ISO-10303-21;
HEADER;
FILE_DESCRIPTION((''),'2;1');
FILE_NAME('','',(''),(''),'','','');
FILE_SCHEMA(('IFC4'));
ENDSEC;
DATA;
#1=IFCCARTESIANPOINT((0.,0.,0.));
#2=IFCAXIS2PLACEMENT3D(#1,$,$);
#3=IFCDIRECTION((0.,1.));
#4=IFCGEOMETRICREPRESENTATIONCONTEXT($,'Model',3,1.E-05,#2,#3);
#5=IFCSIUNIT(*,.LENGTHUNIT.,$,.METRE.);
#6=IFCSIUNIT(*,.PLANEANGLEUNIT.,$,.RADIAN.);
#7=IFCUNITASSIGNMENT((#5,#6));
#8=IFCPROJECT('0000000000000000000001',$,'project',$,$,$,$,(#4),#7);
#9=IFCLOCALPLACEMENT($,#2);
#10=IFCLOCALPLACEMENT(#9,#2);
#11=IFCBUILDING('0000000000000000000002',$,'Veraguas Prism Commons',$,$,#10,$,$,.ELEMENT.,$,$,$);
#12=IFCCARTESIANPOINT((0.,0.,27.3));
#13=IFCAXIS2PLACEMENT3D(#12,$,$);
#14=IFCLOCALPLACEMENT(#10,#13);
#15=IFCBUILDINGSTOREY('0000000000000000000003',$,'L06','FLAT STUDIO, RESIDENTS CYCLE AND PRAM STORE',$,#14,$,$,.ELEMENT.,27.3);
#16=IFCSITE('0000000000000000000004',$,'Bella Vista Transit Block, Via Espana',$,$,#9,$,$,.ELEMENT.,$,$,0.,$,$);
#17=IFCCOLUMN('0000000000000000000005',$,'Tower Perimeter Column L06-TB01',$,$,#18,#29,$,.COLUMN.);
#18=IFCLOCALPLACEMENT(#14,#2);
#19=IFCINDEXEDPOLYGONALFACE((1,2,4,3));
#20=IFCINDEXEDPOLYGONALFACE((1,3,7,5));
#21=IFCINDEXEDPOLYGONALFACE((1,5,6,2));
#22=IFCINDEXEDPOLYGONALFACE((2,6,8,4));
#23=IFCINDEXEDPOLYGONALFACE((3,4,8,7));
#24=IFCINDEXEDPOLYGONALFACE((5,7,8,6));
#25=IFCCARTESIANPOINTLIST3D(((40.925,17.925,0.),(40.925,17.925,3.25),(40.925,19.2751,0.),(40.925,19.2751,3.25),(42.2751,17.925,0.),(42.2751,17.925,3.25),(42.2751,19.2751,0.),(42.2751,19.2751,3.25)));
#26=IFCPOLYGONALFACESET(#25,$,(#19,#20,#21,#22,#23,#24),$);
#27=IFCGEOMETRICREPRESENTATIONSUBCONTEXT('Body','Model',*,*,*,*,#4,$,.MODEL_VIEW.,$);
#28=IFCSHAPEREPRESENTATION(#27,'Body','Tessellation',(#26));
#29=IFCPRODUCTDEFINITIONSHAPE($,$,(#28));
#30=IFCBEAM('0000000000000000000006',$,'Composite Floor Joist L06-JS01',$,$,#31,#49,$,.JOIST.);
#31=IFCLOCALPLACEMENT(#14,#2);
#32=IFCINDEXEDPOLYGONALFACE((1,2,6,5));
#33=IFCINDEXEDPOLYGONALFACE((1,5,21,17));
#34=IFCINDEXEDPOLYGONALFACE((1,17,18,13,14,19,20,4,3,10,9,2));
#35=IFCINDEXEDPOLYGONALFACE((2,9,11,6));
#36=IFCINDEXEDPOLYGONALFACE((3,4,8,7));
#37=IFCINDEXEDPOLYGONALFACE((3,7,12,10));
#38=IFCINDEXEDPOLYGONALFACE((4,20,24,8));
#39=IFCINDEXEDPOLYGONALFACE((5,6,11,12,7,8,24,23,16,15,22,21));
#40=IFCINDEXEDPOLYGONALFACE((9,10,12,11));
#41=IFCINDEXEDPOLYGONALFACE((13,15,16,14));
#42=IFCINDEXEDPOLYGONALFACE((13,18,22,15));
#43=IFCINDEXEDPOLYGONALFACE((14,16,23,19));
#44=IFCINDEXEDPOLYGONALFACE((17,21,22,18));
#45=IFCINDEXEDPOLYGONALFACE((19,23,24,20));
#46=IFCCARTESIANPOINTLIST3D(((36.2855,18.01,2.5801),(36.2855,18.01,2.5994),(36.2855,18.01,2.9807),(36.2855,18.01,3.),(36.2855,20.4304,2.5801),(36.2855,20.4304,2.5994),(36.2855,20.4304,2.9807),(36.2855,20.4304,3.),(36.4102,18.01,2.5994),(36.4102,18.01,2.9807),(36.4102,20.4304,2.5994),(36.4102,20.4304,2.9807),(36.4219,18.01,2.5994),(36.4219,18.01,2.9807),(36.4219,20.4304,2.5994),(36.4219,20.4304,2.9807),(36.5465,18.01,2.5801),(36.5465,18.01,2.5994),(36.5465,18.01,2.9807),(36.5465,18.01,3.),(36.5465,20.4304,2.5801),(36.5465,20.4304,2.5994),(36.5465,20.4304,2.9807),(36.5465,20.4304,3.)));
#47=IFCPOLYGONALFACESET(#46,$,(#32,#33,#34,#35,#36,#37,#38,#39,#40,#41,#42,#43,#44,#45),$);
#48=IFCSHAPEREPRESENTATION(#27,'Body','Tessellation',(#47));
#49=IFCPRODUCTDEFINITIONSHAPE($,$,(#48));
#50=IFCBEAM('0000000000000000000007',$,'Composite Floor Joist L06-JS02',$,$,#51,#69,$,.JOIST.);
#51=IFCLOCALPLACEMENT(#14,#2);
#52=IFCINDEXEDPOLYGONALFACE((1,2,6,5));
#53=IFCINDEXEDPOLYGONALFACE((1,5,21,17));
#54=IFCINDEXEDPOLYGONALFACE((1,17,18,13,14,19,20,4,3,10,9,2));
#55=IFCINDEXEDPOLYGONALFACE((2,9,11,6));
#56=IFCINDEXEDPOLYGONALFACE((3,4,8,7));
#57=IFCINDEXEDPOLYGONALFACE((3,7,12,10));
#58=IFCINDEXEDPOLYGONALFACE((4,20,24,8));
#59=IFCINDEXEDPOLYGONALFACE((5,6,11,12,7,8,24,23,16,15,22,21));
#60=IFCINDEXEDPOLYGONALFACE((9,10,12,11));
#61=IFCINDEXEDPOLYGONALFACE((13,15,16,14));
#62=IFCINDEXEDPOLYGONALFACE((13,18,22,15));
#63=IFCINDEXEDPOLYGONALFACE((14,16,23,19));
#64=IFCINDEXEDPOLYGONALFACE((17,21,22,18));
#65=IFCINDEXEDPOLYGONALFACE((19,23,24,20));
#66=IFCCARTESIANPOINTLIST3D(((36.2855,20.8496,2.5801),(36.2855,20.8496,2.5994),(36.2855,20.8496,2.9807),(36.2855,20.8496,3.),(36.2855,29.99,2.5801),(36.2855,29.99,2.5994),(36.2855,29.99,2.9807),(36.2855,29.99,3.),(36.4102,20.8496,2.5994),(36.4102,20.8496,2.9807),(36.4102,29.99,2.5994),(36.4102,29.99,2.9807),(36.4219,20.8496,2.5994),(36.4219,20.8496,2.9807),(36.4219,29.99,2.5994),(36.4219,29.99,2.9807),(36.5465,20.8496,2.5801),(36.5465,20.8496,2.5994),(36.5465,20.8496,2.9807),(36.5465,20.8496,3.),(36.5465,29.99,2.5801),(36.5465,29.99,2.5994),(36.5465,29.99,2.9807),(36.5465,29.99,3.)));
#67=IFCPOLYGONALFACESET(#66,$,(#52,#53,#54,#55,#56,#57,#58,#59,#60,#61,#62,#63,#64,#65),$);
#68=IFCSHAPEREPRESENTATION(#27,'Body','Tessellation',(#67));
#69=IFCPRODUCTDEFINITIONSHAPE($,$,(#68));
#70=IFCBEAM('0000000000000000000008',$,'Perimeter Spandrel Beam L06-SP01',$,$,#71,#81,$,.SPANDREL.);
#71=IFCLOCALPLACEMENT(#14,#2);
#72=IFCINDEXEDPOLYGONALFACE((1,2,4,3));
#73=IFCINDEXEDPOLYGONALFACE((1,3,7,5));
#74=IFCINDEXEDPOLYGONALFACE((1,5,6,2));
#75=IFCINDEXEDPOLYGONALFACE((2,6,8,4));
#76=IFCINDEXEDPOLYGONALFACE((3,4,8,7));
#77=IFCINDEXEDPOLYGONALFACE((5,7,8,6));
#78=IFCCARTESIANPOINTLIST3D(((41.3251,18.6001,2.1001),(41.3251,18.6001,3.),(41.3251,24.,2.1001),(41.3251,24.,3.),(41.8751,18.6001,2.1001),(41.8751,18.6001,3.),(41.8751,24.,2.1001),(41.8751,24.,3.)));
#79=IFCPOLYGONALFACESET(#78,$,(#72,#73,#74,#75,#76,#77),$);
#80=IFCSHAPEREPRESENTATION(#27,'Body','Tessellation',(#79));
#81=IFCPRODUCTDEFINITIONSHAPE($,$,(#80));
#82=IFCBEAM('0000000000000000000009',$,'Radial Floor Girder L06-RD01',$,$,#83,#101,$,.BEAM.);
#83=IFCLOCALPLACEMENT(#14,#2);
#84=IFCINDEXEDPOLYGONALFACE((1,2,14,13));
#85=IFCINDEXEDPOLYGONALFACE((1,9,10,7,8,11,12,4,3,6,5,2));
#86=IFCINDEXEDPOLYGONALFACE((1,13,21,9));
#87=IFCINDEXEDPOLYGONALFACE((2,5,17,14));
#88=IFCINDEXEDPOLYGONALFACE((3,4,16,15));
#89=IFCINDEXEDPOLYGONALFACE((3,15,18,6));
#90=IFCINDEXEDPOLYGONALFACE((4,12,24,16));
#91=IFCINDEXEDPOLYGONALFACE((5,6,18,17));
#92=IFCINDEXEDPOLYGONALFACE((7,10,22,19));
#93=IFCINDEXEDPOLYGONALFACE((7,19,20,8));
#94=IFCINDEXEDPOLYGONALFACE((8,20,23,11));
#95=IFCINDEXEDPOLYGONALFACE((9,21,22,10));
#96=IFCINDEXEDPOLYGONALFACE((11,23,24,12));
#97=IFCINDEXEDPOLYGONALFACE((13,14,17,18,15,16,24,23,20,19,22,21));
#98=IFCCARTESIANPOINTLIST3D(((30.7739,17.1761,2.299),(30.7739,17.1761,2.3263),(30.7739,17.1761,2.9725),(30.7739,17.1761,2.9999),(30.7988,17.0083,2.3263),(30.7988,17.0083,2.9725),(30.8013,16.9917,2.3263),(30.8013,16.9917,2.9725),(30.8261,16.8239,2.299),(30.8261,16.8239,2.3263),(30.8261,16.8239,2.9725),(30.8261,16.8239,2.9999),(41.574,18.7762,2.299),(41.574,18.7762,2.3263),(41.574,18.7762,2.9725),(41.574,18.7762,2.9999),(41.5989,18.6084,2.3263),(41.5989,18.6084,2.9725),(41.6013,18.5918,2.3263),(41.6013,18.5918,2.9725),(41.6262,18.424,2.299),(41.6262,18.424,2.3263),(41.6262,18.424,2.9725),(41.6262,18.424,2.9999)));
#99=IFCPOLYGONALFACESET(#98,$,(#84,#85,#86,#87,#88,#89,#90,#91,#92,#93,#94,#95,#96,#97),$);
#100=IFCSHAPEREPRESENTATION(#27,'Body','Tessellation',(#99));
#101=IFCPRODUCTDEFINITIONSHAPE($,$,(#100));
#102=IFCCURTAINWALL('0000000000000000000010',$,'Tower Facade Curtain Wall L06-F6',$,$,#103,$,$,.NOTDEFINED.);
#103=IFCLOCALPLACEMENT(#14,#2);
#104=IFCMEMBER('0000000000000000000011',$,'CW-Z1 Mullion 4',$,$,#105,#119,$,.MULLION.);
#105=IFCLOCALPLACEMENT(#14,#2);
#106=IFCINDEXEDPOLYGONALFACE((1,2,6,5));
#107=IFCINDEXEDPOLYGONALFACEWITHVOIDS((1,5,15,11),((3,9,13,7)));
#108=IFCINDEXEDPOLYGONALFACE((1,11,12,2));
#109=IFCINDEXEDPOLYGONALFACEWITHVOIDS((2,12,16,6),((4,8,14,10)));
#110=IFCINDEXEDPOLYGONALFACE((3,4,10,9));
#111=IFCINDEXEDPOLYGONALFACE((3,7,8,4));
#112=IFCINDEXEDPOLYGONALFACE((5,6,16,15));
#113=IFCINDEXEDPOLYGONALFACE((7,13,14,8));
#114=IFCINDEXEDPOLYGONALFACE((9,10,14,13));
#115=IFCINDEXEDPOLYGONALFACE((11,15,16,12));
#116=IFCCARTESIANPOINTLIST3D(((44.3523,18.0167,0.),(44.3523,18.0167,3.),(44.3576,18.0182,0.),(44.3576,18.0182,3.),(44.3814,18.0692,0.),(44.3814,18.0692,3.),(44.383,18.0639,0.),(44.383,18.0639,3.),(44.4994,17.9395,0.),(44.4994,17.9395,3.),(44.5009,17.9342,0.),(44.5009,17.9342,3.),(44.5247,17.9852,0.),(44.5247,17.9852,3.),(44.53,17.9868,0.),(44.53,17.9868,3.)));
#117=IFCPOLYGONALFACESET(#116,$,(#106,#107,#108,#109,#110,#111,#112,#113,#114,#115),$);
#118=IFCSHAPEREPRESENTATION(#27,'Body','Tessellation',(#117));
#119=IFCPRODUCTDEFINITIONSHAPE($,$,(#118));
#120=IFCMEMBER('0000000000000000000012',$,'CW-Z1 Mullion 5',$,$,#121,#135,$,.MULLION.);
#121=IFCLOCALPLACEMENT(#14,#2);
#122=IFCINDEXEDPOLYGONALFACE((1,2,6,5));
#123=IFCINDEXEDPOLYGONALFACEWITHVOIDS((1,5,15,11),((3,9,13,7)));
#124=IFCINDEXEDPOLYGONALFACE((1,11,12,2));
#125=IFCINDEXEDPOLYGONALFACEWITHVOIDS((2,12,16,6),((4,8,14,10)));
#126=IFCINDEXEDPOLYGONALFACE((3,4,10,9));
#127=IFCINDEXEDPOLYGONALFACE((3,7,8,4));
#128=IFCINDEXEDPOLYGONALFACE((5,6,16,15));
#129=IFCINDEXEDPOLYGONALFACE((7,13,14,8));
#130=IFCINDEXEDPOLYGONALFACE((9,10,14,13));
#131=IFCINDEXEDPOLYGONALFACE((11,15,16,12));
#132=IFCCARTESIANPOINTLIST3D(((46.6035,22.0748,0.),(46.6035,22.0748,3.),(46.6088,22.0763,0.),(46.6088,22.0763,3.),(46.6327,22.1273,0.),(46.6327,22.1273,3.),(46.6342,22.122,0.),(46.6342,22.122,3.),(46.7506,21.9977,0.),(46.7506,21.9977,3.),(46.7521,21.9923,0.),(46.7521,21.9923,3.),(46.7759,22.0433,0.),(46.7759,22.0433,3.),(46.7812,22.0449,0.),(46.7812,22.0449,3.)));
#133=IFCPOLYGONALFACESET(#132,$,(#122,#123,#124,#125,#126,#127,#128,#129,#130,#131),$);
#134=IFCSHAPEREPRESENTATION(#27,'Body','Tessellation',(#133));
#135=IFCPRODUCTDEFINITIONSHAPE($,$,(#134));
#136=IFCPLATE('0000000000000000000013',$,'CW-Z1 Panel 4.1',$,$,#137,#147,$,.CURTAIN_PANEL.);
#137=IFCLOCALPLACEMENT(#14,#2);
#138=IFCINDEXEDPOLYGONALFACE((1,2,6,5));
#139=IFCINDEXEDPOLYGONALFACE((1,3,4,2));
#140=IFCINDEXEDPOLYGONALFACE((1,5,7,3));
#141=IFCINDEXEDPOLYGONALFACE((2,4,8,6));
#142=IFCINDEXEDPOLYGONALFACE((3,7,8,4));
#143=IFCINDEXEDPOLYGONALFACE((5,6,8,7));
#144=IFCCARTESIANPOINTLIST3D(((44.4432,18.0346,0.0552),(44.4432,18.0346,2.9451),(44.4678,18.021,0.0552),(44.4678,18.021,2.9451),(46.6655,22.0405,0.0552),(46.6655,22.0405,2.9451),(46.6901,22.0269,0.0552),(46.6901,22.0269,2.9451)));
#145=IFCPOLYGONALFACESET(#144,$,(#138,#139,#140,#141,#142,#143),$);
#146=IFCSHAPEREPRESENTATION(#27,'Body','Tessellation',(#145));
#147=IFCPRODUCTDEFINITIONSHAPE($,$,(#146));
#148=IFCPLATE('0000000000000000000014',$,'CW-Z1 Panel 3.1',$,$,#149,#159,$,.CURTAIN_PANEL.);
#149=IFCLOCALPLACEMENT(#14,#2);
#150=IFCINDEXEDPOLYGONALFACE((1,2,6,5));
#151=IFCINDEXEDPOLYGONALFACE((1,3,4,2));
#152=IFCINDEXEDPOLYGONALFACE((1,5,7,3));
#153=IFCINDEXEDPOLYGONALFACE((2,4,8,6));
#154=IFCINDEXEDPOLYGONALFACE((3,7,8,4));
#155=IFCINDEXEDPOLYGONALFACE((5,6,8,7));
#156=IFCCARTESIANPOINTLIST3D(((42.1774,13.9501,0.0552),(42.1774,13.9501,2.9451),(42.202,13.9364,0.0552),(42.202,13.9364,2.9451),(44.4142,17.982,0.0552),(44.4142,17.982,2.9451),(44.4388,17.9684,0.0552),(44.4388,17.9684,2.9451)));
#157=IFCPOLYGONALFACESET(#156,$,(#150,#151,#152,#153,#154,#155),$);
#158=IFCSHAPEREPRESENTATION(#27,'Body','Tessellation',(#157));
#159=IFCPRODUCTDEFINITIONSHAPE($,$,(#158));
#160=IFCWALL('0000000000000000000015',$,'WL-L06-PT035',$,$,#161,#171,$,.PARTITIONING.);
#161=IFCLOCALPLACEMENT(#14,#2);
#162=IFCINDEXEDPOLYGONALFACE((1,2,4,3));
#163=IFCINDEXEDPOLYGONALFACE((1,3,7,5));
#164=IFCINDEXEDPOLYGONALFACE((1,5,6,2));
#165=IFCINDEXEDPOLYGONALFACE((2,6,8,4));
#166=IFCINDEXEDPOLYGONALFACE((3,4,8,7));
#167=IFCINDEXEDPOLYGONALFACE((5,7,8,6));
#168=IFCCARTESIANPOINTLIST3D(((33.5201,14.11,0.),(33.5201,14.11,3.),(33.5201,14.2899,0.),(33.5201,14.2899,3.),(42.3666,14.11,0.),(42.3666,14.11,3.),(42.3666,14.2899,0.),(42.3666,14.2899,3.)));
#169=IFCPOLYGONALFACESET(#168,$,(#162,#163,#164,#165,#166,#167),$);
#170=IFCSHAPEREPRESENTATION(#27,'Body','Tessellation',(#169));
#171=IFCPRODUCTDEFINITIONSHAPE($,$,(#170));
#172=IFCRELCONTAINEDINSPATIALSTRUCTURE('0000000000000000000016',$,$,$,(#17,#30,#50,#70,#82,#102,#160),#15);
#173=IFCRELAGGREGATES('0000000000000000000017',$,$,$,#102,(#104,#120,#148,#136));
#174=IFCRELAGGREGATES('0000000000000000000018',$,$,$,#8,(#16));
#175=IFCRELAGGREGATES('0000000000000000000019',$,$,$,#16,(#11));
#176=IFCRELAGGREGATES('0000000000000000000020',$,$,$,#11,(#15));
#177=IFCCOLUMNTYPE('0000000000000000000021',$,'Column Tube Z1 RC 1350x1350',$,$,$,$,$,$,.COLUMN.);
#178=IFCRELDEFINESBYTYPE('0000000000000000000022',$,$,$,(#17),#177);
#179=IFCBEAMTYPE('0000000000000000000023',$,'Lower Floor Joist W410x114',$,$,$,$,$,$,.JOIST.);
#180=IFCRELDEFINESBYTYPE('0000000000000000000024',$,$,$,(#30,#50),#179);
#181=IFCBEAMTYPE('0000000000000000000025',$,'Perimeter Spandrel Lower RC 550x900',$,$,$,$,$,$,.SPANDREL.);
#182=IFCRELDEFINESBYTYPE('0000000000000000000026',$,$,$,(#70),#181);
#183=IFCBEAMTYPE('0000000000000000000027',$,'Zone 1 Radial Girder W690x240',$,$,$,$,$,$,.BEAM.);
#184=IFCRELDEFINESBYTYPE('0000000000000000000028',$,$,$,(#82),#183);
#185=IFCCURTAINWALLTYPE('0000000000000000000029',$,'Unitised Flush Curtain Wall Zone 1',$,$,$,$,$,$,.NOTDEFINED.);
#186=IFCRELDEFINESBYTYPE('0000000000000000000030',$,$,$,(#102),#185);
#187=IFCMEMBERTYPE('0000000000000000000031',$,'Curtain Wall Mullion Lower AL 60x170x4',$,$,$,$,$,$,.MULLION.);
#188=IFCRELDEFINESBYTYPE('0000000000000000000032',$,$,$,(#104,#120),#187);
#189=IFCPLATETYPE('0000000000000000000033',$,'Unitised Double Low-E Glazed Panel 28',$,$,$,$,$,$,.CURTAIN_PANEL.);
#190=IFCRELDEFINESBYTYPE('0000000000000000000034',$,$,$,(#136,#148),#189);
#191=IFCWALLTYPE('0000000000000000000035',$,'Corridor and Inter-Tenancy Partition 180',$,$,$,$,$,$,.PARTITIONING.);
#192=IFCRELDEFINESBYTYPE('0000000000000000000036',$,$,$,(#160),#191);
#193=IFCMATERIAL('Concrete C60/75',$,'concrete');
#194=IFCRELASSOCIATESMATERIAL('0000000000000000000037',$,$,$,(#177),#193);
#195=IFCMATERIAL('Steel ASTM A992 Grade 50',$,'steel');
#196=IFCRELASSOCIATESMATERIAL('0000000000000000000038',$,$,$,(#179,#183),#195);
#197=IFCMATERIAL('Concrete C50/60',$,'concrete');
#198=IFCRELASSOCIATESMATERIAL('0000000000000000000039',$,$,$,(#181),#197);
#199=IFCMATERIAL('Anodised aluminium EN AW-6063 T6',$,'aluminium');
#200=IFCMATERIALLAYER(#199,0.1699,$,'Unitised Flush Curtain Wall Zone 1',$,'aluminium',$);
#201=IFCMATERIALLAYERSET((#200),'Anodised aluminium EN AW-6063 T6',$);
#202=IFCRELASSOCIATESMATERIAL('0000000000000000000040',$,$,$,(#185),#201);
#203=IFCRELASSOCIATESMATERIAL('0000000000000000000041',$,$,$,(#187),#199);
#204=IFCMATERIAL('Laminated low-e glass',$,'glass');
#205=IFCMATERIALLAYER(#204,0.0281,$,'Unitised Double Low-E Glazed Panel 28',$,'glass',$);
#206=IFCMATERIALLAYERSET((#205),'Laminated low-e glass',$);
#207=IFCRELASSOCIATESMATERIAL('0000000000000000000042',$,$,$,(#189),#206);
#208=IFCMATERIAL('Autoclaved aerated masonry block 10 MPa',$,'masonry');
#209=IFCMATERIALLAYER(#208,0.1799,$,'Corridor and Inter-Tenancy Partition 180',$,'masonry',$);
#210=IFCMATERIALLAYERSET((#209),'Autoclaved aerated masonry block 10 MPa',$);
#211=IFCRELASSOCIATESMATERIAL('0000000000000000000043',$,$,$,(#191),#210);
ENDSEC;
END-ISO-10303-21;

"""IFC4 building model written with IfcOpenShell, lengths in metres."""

from ifc_helpers import new_model, si_unit, direction, frame, frame_2d, origin, origin_2d, place, context, subcontext, project, spatial, rectangle, hollow_rectangle, i_section, extrude, source, transform, mapped, material, layer, layer_set, material_profile, profile_set, type_object, element, aggregate, save


model = new_model("IFC4")

# Units and contexts
model_context = context("Model", 3, precision=1e-05, world=origin(), true_north=direction((0.0, 1.0)))
body_context = subcontext(model_context, "Body", "Model", "MODEL_VIEW")
ifc_project = project(units=[si_unit("LENGTHUNIT", "METRE"), si_unit("PLANEANGLEUNIT", "RADIAN")], contexts=[model_context])

# Site, building, storey
site_placement = place(None, origin())
site = spatial("IfcSite", under=ifc_project, at=site_placement, Name="Bella Vista Transit Block, Via Espana", CompositionType="ELEMENT", RefElevation=0.0)
building_placement = place(site_placement, origin())
building = spatial("IfcBuilding", under=site, at=building_placement, Name="Veraguas Prism Commons", CompositionType="ELEMENT")
storey_placement = place(building_placement, frame((0.0, 0.0, 27.3)))
storey = spatial("IfcBuildingStorey", under=building, at=storey_placement, Name="L06", Description="FLAT STUDIO, RESIDENTS CYCLE AND PRAM STORE", CompositionType="ELEMENT", Elevation=27.3)

# Column
ifc_material_1 = material(Name="Concrete C60/75", Category="concrete")
ifc_material_profile_1 = material_profile(ifc_material_1, rectangle(XDim=1.3501, YDim=1.3501, at=origin_2d()), Name="RC1350X1350")
ifc_profile_set_1 = profile_set([ifc_material_profile_1], Name="Concrete C60/75")
column_type = type_object("IfcColumnType", Name="Column Tube Z1 RC 1350x1350", PredefinedType="COLUMN", material=ifc_profile_set_1)
column_placement = place(storey_placement, frame((41.6001, 18.6001, 0.0), z_axis=(0.0, 0.0, 1.0), x_axis=(1.0, 0.0, 0.0)))
element("IfcColumn", 1, at=column_placement, inside=storey, type_object=column_type, Name="Tower Perimeter Column L06-TB01", PredefinedType="COLUMN", context=body_context, shape_type="SweptSolid", body=[
    extrude(rectangle(XDim=1.3501, YDim=1.3501, at=origin_2d()), origin(), (0.0, 0.0, 1.0), 3.25),
])

# Beams
ifc_material_2 = material(Name="Steel ASTM A992 Grade 50", Category="steel")
ifc_material_profile_2 = material_profile(ifc_material_2, i_section(OverallWidth=0.261, OverallDepth=0.4199, WebThickness=0.0117, FlangeThickness=0.0193, at=origin_2d()), Name="W410X114")
ifc_profile_set_2 = profile_set([ifc_material_profile_2], Name="Steel ASTM A992 Grade 50")
beam_type_1 = type_object("IfcBeamType", Name="Lower Floor Joist W410x114", PredefinedType="JOIST", material=ifc_profile_set_2)
beam_1_placement = place(storey_placement, frame((36.416, 18.01, 2.79), z_axis=(0.0, 1.0, 0.0), x_axis=(-1.0, 0.0, 0.0)))
element("IfcBeam", 2, at=beam_1_placement, inside=storey, type_object=beam_type_1, Name="Composite Floor Joist L06-JS01", PredefinedType="JOIST", context=body_context, shape_type="SweptSolid", body=[
    extrude(i_section(OverallWidth=0.261, OverallDepth=0.4199, WebThickness=0.0117, FlangeThickness=0.0193, at=origin_2d()), origin(), (0.0, 0.0, 1.0), 2.4204),
])
beam_2_placement = place(storey_placement, frame((36.416, 20.8496, 2.79), z_axis=(0.0, 1.0, 0.0), x_axis=(-1.0, 0.0, 0.0)))
element("IfcBeam", 3, at=beam_2_placement, inside=storey, type_object=beam_type_1, Name="Composite Floor Joist L06-JS02", PredefinedType="JOIST", context=body_context, shape_type="SweptSolid", body=[
    extrude(i_section(OverallWidth=0.261, OverallDepth=0.4199, WebThickness=0.0117, FlangeThickness=0.0193, at=origin_2d()), origin(), (0.0, 0.0, 1.0), 9.1404),
])
ifc_material_3 = material(Name="Concrete C50/60", Category="concrete")
ifc_material_profile_3 = material_profile(ifc_material_3, rectangle(XDim=0.55, YDim=0.8999, at=origin_2d()), Name="RC550X900")
ifc_profile_set_3 = profile_set([ifc_material_profile_3], Name="Concrete C50/60")
beam_type_2 = type_object("IfcBeamType", Name="Perimeter Spandrel Lower RC 550x900", PredefinedType="SPANDREL", material=ifc_profile_set_3)
beam_3_placement = place(storey_placement, frame((41.6001, 18.6001, 2.55), z_axis=(0.0, 1.0, 0.0), x_axis=(-1.0, 0.0, 0.0)))
element("IfcBeam", 4, at=beam_3_placement, inside=storey, type_object=beam_type_2, Name="Perimeter Spandrel Beam L06-SP01", PredefinedType="SPANDREL", context=body_context, shape_type="SweptSolid", body=[
    extrude(rectangle(XDim=0.55, YDim=0.8999, at=origin_2d()), origin(), (0.0, 0.0, 1.0), 5.3999),
])
ifc_material_profile_4 = material_profile(ifc_material_2, i_section(OverallWidth=0.356, OverallDepth=0.7009, WebThickness=0.0168, FlangeThickness=0.0273, at=origin_2d()), Name="W690X240")
ifc_profile_set_4 = profile_set([ifc_material_profile_4], Name="Steel ASTM A992 Grade 50")
beam_type_3 = type_object("IfcBeamType", Name="Zone 1 Radial Girder W690x240", PredefinedType="BEAM", material=ifc_profile_set_4)
beam_4_placement = place(storey_placement, frame((41.6001, 18.6001, 2.6494), z_axis=(-0.989202, -0.146557, 0.0), x_axis=(0.146557, -0.989202, 0.0)))
element("IfcBeam", 5, at=beam_4_placement, inside=storey, type_object=beam_type_3, Name="Radial Floor Girder L06-RD01", PredefinedType="BEAM", context=body_context, shape_type="SweptSolid", body=[
    extrude(i_section(OverallWidth=0.356, OverallDepth=0.7009, WebThickness=0.0168, FlangeThickness=0.0273, at=origin_2d()), origin(), (0.0, 0.0, 1.0), 10.918),
])

# Curtain wall, members, plates
ifc_material_4 = material(Name="Anodised aluminium EN AW-6063 T6", Category="aluminium")
ifc_layer_1 = layer(ifc_material_4, 0.1699, Name="Unitised Flush Curtain Wall Zone 1", Category="aluminium")
ifc_layer_set_1 = layer_set([ifc_layer_1], Name="Anodised aluminium EN AW-6063 T6")
curtain_wall_type = type_object("IfcCurtainWallType", Name="Unitised Flush Curtain Wall Zone 1", PredefinedType="NOTDEFINED", material=ifc_layer_set_1)
curtain_wall_placement = place(storey_placement, origin())
curtain_wall = element("IfcCurtainWall", 6, at=curtain_wall_placement, inside=storey, type_object=curtain_wall_type, Name="Tower Facade Curtain Wall L06-F6", PredefinedType="NOTDEFINED")
ifc_material_profile_5 = material_profile(ifc_material_4, hollow_rectangle(XDim=0.0601, YDim=0.1699, WallThickness=0.0039, at=origin_2d()), Name="AL60X170X4")
ifc_profile_set_5 = profile_set([ifc_material_profile_5], Name="Anodised aluminium EN AW-6063 T6")
member_type = type_object("IfcMemberType", Name="Curtain Wall Mullion Lower AL 60x170x4", PredefinedType="MULLION", material=ifc_profile_set_5)
shared_shape_1 = source(origin(), body_context, "Body", "SweptSolid", [
    extrude(hollow_rectangle(XDim=0.0601, YDim=0.1699, WallThickness=0.0039, at=origin_2d()), origin(), (0.0, 0.0, 1.0), 3.0),
])
member_1_placement = place(storey_placement, frame((44.4412, 18.0017, 0.0), z_axis=(0.0, 0.0, 1.0), x_axis=(0.485116, 0.87445, 0.0)))
member_1 = element("IfcMember", 7, at=member_1_placement, type_object=member_type, Name="CW-Z1 Mullion 4", PredefinedType="MULLION", context=body_context, shape_type="MappedRepresentation", body=[
    mapped(shared_shape_1, transform((0.0, 0.0, 0.0), scale=1.0)),
])
member_2_placement = place(storey_placement, frame((46.6924, 22.0598, 0.0), z_axis=(0.0, 0.0, 1.0), x_axis=(0.485116, 0.87445, 0.0)))
member_2 = element("IfcMember", 8, at=member_2_placement, type_object=member_type, Name="CW-Z1 Mullion 5", PredefinedType="MULLION", context=body_context, shape_type="MappedRepresentation", body=[
    mapped(shared_shape_1, transform((0.0, 0.0, 0.0), scale=1.0)),
])
ifc_material_5 = material(Name="Laminated low-e glass", Category="glass")
ifc_layer_2 = layer(ifc_material_5, 0.0281, Name="Unitised Double Low-E Glazed Panel 28", Category="glass")
ifc_layer_set_2 = layer_set([ifc_layer_2], Name="Laminated low-e glass")
plate_type = type_object("IfcPlateType", Name="Unitised Double Low-E Glazed Panel 28", PredefinedType="CURTAIN_PANEL", material=ifc_layer_set_2)
shared_shape_2 = source(origin(), body_context, "Body", "SweptSolid", [
    extrude(rectangle(XDim=4.5811, YDim=0.0281, at=origin_2d()), origin(), (0.0, 0.0, 1.0), 2.8899),
])
plate_1_placement = place(storey_placement, frame((45.5667, 20.0308, 0.0552), z_axis=(0.0, 0.0, 1.0), x_axis=(0.485116, 0.87445, 0.0)))
plate_1 = element("IfcPlate", 9, at=plate_1_placement, type_object=plate_type, Name="CW-Z1 Panel 4.1", PredefinedType="CURTAIN_PANEL", context=body_context, shape_type="MappedRepresentation", body=[
    mapped(shared_shape_2, transform((0.0, 0.0, 0.0), scale=1.0)),
])
shared_shape_3 = source(origin(), body_context, "Body", "SweptSolid", [
    extrude(rectangle(XDim=4.6108, YDim=0.0281, at=origin_2d()), origin(), (0.0, 0.0, 1.0), 2.8899),
])
plate_2_placement = place(storey_placement, frame((43.3081, 15.9592, 0.0552), z_axis=(0.0, 0.0, 1.0), x_axis=(0.485116, 0.87445, 0.0)))
plate_2 = element("IfcPlate", 10, at=plate_2_placement, type_object=plate_type, Name="CW-Z1 Panel 3.1", PredefinedType="CURTAIN_PANEL", context=body_context, shape_type="MappedRepresentation", body=[
    mapped(shared_shape_3, transform((0.0, 0.0, 0.0), scale=1.0)),
])
aggregate(curtain_wall, [member_1, member_2, plate_2, plate_1])

# Wall
ifc_material_6 = material(Name="Autoclaved aerated masonry block 10 MPa", Category="masonry")
ifc_layer_3 = layer(ifc_material_6, 0.1799, Name="Corridor and Inter-Tenancy Partition 180", Category="masonry")
ifc_layer_set_3 = layer_set([ifc_layer_3], Name="Autoclaved aerated masonry block 10 MPa")
wall_type_1 = type_object("IfcWallType", Name="Corridor and Inter-Tenancy Partition 180", PredefinedType="PARTITIONING", material=ifc_layer_set_3)
wall_1_placement = place(storey_placement, frame((33.52, 14.2, 0.0), z_axis=(0.0, 0.0, 1.0), x_axis=(1.0, 0.0, 0.0)))
element("IfcWall", 11, at=wall_1_placement, inside=storey, type_object=wall_type_1, Name="WL-L06-PT035", PredefinedType="PARTITIONING", context=body_context, shape_type="SweptSolid", body=[
    extrude(rectangle(XDim=8.8464, YDim=0.1799, at=frame_2d((4.4233, 0.0))), origin(), (0.0, 0.0, 1.0), 3.0),
])

save(model, "model.ifc")
